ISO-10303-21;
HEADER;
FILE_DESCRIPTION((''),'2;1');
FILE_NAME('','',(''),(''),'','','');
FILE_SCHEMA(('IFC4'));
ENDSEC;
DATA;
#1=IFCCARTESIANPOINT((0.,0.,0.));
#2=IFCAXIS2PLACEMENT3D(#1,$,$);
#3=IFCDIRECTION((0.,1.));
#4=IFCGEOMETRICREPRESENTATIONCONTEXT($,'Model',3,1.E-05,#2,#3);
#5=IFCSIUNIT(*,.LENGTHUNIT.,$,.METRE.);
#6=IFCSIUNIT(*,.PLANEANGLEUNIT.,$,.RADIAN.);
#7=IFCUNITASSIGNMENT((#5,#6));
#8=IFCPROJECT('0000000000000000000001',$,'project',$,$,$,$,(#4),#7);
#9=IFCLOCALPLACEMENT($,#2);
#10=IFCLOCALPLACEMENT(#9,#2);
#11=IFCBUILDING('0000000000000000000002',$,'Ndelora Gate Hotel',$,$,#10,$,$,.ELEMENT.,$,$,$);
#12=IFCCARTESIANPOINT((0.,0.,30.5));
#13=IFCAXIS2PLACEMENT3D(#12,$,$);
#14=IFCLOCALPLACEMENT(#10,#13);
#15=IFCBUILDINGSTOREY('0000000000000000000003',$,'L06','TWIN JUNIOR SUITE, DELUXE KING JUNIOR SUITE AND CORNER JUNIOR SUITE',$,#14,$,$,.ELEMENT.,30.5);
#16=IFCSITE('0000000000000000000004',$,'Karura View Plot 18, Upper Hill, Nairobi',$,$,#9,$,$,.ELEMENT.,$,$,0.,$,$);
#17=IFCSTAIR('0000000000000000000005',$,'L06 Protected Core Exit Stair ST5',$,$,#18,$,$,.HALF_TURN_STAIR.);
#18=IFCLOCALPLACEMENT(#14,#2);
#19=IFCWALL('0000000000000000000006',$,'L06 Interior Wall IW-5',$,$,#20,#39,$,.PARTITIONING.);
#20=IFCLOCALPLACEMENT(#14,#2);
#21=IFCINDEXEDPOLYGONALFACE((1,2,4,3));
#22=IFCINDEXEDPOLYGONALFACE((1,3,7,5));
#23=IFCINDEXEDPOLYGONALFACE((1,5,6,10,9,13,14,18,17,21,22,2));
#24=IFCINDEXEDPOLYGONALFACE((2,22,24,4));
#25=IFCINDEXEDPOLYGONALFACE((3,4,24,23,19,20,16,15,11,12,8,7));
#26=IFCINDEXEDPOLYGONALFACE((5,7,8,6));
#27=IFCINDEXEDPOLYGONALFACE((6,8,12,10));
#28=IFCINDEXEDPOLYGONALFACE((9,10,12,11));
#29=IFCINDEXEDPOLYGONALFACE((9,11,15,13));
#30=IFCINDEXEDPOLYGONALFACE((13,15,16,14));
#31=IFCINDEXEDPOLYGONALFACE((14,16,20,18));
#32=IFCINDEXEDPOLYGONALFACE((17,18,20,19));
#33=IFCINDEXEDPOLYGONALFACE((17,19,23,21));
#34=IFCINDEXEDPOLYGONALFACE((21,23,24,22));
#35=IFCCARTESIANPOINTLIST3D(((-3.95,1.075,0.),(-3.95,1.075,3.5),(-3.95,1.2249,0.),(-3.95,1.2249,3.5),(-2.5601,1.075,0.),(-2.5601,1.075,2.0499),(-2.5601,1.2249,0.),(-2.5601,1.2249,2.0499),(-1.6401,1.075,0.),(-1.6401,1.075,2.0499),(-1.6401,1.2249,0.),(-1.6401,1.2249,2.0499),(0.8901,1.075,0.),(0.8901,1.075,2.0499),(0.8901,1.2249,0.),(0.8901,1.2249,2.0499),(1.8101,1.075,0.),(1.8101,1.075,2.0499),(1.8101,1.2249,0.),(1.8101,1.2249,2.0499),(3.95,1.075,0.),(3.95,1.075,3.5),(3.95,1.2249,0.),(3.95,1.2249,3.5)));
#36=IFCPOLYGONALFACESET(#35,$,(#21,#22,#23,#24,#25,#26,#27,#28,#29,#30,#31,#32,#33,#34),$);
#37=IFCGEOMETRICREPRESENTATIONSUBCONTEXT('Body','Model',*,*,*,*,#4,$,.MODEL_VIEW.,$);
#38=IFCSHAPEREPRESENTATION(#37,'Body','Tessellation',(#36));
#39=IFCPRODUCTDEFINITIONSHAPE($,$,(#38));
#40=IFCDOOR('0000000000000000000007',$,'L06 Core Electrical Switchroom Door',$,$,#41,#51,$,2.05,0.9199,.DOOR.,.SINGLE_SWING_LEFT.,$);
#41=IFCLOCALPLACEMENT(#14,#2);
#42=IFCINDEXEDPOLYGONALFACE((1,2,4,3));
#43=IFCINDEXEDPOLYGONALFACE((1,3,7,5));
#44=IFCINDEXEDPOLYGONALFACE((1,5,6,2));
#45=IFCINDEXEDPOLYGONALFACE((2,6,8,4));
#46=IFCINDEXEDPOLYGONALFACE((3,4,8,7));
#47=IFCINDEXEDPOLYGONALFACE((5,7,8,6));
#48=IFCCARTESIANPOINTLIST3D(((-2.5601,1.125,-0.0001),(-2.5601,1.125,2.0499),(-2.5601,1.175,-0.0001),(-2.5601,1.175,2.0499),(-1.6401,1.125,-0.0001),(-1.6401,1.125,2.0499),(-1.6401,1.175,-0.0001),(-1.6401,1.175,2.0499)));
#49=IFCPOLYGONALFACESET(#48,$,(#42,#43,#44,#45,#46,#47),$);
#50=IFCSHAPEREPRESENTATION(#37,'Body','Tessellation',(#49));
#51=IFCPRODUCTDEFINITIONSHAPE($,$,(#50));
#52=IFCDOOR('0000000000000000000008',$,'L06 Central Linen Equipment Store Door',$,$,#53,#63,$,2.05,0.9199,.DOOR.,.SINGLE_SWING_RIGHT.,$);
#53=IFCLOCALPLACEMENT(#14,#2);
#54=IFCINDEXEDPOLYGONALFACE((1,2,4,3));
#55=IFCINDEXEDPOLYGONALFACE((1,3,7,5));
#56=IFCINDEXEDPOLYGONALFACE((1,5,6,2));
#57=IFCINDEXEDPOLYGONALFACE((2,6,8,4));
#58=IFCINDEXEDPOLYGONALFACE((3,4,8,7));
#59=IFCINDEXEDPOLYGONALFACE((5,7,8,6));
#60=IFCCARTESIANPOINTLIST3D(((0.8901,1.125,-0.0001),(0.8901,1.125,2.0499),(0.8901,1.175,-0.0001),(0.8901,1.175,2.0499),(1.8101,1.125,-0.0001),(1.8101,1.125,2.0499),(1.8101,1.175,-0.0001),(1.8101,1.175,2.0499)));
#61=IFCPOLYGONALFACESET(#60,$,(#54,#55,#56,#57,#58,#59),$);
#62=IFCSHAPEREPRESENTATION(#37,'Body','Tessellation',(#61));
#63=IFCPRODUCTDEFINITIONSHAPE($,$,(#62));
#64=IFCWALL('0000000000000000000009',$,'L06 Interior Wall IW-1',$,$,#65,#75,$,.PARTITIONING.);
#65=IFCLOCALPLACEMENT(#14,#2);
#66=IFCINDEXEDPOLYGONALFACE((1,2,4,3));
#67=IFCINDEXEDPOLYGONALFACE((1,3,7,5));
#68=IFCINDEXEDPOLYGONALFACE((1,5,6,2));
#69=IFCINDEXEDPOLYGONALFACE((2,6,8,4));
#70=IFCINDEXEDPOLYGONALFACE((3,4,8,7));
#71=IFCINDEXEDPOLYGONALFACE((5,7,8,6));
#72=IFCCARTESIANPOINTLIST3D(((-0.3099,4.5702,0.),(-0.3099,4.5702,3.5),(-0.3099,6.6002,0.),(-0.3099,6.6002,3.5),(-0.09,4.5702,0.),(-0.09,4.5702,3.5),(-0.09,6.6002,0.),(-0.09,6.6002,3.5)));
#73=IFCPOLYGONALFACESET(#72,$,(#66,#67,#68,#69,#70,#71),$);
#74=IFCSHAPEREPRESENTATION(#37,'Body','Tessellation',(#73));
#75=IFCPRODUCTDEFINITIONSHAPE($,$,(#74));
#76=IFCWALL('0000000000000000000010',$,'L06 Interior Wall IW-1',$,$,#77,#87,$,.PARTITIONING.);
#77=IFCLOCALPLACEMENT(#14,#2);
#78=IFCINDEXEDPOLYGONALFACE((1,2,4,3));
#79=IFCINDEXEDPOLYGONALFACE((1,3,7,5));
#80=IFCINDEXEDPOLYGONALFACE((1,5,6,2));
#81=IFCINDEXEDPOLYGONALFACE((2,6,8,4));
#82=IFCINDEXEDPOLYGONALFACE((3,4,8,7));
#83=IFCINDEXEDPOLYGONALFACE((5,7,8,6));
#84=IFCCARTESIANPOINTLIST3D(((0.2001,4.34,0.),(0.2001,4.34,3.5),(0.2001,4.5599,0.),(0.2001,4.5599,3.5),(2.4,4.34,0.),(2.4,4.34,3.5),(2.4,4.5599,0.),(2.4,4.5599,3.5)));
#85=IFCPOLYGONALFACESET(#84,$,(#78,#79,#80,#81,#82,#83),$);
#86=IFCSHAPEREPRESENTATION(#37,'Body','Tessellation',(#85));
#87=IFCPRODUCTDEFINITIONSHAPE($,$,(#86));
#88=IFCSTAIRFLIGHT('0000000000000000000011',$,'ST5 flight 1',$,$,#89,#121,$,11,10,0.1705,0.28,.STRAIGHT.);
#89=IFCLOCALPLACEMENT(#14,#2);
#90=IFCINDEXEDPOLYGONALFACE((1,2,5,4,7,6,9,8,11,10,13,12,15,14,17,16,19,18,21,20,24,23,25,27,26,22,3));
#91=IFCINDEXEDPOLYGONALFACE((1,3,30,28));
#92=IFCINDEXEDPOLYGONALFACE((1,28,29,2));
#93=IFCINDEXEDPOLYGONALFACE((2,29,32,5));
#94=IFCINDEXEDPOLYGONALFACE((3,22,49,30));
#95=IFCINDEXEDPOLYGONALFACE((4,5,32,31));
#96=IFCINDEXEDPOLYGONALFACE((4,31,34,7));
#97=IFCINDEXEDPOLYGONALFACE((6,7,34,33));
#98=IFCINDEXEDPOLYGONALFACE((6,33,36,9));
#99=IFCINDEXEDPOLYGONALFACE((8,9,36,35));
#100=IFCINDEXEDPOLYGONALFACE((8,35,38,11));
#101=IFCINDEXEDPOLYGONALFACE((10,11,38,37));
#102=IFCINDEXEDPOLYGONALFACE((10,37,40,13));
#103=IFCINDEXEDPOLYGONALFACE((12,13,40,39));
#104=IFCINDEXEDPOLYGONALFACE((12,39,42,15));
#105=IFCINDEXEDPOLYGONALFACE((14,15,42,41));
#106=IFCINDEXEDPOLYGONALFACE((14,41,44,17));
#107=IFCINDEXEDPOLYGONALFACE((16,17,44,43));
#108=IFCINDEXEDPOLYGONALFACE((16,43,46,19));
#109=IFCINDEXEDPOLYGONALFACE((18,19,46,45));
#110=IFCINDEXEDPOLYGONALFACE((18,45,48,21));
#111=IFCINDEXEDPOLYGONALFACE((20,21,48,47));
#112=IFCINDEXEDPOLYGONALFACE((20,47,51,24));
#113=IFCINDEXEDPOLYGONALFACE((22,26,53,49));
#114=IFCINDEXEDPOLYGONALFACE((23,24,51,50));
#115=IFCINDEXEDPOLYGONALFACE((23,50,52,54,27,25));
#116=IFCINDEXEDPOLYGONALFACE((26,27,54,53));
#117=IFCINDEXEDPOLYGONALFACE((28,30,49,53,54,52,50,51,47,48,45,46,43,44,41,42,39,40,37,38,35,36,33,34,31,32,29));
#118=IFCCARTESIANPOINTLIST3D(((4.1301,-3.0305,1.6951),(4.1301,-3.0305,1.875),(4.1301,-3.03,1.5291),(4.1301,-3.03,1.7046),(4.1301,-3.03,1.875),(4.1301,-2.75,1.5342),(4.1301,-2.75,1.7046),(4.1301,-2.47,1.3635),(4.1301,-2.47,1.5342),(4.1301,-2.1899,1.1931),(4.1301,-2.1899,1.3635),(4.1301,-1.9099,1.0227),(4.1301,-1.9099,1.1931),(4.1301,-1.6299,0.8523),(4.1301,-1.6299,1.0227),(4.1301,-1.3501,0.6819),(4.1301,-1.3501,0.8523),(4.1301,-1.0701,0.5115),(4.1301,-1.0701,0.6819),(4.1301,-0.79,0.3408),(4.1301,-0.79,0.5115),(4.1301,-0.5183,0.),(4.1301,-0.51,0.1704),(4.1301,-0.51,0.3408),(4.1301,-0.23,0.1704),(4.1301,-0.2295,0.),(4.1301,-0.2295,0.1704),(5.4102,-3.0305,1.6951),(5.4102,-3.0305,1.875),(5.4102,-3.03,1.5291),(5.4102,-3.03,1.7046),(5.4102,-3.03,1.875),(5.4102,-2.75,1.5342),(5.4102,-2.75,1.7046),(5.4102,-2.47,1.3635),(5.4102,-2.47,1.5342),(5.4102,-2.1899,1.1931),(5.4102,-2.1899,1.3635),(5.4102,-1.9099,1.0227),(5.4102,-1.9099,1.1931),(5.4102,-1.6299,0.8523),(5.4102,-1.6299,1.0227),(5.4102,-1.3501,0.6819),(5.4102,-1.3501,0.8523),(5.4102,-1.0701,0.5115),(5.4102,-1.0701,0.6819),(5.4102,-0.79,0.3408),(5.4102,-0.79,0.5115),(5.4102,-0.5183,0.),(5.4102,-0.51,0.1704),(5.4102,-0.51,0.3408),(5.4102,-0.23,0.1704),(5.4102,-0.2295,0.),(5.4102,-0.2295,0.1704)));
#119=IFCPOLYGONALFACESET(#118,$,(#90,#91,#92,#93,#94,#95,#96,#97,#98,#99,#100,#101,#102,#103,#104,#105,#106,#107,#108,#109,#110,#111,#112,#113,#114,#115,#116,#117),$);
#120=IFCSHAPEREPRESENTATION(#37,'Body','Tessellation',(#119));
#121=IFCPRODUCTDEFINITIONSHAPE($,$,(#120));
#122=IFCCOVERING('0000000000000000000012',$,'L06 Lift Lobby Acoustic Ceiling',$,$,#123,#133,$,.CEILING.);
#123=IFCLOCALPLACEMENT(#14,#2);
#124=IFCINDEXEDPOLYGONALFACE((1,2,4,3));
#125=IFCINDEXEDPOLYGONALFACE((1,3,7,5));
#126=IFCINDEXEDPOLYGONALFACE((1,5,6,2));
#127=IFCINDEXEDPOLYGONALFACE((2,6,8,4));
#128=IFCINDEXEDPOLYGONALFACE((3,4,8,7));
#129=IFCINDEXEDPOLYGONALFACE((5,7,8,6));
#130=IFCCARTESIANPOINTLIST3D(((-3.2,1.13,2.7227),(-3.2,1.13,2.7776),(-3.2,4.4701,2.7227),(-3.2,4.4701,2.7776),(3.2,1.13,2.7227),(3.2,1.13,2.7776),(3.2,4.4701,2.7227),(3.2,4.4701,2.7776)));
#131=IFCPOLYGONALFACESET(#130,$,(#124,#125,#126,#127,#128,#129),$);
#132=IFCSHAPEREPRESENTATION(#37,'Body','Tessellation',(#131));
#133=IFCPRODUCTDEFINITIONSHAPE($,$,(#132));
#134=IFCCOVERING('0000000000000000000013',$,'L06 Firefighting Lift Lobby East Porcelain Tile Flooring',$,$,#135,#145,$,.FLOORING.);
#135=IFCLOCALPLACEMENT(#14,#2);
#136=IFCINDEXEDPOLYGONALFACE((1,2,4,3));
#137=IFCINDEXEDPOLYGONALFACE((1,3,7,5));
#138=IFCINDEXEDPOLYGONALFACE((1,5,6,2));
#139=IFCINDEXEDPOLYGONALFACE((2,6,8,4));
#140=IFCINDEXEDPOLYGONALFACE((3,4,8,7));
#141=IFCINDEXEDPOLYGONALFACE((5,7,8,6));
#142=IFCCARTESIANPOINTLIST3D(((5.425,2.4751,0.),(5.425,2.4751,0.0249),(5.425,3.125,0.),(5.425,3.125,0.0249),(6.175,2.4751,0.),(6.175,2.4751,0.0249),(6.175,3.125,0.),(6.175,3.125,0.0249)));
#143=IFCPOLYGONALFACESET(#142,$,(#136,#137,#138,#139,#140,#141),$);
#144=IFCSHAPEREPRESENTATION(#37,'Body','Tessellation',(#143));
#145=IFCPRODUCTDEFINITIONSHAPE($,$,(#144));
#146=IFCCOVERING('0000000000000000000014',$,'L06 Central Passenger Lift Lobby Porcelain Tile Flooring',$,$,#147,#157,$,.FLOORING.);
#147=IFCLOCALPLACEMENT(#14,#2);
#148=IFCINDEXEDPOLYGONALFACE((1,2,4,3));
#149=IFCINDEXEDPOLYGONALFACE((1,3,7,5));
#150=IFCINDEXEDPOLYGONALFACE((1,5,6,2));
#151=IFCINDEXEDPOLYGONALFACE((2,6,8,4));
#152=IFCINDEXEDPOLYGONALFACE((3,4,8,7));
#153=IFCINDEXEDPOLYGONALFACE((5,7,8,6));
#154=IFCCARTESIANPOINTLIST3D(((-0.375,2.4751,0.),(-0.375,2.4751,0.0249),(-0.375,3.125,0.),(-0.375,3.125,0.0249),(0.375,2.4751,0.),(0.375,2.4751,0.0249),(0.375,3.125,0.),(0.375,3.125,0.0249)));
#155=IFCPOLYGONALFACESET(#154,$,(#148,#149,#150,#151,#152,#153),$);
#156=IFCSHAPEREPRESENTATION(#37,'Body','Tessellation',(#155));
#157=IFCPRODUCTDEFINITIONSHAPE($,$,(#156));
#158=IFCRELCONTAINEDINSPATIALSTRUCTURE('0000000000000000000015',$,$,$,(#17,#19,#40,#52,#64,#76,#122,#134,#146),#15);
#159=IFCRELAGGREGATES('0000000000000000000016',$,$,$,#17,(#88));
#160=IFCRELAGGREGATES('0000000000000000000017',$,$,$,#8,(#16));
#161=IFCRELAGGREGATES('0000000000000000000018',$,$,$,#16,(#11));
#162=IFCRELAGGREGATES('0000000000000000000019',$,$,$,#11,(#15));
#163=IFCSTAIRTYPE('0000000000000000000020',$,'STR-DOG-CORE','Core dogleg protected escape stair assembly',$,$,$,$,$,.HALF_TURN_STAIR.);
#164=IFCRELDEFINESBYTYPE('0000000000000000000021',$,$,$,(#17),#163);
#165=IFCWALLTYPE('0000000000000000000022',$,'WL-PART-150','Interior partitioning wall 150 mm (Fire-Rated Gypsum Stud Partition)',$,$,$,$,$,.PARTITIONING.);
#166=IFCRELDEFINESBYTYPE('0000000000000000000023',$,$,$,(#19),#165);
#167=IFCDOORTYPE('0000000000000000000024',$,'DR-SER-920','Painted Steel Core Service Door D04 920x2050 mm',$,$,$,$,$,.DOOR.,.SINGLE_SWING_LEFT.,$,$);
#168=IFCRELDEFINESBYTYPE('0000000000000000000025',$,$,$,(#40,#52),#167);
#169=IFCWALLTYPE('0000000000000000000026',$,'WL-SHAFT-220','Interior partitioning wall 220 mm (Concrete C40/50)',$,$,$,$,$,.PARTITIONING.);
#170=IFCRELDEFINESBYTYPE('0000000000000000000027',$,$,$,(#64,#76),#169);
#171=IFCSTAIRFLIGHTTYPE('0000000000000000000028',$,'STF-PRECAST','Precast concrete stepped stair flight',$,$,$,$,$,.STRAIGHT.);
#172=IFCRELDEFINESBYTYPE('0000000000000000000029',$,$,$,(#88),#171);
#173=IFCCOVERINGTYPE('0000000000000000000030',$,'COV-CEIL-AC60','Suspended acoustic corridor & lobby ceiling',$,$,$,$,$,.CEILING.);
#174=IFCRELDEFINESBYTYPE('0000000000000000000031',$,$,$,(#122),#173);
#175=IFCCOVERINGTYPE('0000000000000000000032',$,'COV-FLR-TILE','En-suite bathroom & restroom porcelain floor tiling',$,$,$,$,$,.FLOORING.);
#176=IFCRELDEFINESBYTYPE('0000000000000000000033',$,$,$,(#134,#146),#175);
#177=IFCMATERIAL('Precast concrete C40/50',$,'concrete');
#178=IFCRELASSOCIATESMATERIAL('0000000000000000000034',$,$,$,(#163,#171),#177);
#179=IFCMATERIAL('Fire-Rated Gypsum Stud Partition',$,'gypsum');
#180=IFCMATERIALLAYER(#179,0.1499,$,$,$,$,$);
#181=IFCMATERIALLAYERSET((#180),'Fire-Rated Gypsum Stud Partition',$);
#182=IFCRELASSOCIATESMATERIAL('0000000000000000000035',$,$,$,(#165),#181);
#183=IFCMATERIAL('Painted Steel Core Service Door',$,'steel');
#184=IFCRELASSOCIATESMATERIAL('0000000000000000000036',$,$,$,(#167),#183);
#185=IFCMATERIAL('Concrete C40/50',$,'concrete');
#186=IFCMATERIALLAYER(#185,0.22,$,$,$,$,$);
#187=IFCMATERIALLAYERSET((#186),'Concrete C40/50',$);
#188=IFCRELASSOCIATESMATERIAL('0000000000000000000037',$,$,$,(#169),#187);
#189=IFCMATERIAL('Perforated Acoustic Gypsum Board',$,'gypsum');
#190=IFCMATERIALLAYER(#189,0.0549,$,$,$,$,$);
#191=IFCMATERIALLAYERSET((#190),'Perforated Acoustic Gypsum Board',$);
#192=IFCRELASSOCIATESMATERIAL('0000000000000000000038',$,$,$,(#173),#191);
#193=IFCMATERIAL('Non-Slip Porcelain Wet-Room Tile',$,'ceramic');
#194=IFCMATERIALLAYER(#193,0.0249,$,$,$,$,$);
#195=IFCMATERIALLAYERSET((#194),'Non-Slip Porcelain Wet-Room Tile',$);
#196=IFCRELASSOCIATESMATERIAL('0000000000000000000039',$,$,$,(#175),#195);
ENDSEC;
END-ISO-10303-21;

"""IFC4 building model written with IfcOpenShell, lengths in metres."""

from ifc_helpers import new_model, si_unit, direction, frame, frame_2d, origin, origin_2d, place, context, subcontext, project, spatial, polyline, rectangle, outline, extrude, material, layer, layer_set, type_object, element, fill, aggregate, save


model = new_model("IFC4")

# Units and contexts
model_context = context("Model", 3, precision=1e-05, world=origin(), true_north=direction((0.0, 1.0)))
body_context = subcontext(model_context, "Body", "Model", "MODEL_VIEW")
ifc_project = project(units=[si_unit("LENGTHUNIT", "METRE"), si_unit("PLANEANGLEUNIT", "RADIAN")], contexts=[model_context])

# Site, building, storey
site_placement = place(None, origin())
site = spatial("IfcSite", under=ifc_project, at=site_placement, Name="Karura View Plot 18, Upper Hill, Nairobi", CompositionType="ELEMENT", RefElevation=0.0)
building_placement = place(site_placement, origin())
building = spatial("IfcBuilding", under=site, at=building_placement, Name="Ndelora Gate Hotel", CompositionType="ELEMENT")
storey_placement = place(building_placement, frame((0.0, 0.0, 30.5)))
storey = spatial("IfcBuildingStorey", under=building, at=storey_placement, Name="L06", Description="TWIN JUNIOR SUITE, DELUXE KING JUNIOR SUITE AND CORNER JUNIOR SUITE", CompositionType="ELEMENT", Elevation=30.5)

# Stair
ifc_material_1 = material(Name="Precast concrete C40/50", Category="concrete")
stair_type = type_object("IfcStairType", Name="STR-DOG-CORE", Description="Core dogleg protected escape stair assembly", PredefinedType="HALF_TURN_STAIR", material=ifc_material_1)
stair_1_placement = place(storey_placement, origin())
stair_1 = element("IfcStair", 1, at=stair_1_placement, inside=storey, type_object=stair_type, Name="L06 Protected Core Exit Stair ST5", PredefinedType="HALF_TURN_STAIR")

# Shared definitions
ifc_material_2 = material(Name="Concrete C40/50", Category="concrete")

# Wall, openings, doors
ifc_material_3 = material(Name="Fire-Rated Gypsum Stud Partition", Category="gypsum")
ifc_layer_1 = layer(ifc_material_3, 0.1499)
ifc_layer_set_1 = layer_set([ifc_layer_1], Name="Fire-Rated Gypsum Stud Partition")
wall_type_1 = type_object("IfcWallType", Name="WL-PART-150", Description="Interior partitioning wall 150 mm (Fire-Rated Gypsum Stud Partition)", PredefinedType="PARTITIONING", material=ifc_layer_set_1)
wall_1_placement = place(storey_placement, frame((3.95, 1.1499, 0.0), z_axis=(0.0, 0.0, 1.0), x_axis=(-1.0, 0.0, 0.0)))
wall_1 = element("IfcWall", 2, at=wall_1_placement, inside=storey, type_object=wall_type_1, Name="L06 Interior Wall IW-5", PredefinedType="PARTITIONING", context=body_context, shape_type="SweptSolid", body=[
    extrude(rectangle(XDim=7.8999, YDim=0.1499, at=frame_2d((3.95, 0.0))), origin(), (0.0, 0.0, 1.0), 3.5),
])
opening_1_placement = place(wall_1_placement, frame((5.5901, 0.0, 0.0)))
opening_1 = element("IfcOpeningElement", 3, at=opening_1_placement, cuts=wall_1, PredefinedType="OPENING", context=body_context, shape_type="SweptSolid", body=[
    extrude(rectangle(XDim=0.9199, YDim=2.05, at=frame_2d((0.46, 1.0249))), frame((0.0, 0.085, 0.0), z_axis=(0.0, -1.0, 0.0), x_axis=(1.0, 0.0, 0.0)), (0.0, 0.0, 1.0), 0.1699),
])
opening_2_placement = place(wall_1_placement, frame((2.1399, 0.0, 0.0)))
opening_2 = element("IfcOpeningElement", 4, at=opening_2_placement, cuts=wall_1, PredefinedType="OPENING", context=body_context, shape_type="SweptSolid", body=[
    extrude(rectangle(XDim=0.9199, YDim=2.05, at=frame_2d((0.46, 1.0249))), frame((0.0, 0.085, 0.0), z_axis=(0.0, -1.0, 0.0), x_axis=(1.0, 0.0, 0.0)), (0.0, 0.0, 1.0), 0.1699),
])
ifc_material_4 = material(Name="Painted Steel Core Service Door", Category="steel")
door_type_1 = type_object("IfcDoorType", Name="DR-SER-920", Description="Painted Steel Core Service Door D04 920x2050 mm", OperationType="SINGLE_SWING_LEFT", PredefinedType="DOOR", material=ifc_material_4)
door_1_placement = place(opening_1_placement, origin())
door_1 = element("IfcDoor", 5, at=door_1_placement, inside=storey, type_object=door_type_1, Name="L06 Core Electrical Switchroom Door", OperationType="SINGLE_SWING_LEFT", OverallHeight=2.05, OverallWidth=0.9199, PredefinedType="DOOR", context=body_context, shape_type="SweptSolid", body=[
    extrude(rectangle(XDim=0.9199, YDim=2.05, at=frame_2d((0.46, 1.0249))), frame((0.0, 0.0249, 0.0), z_axis=(0.0, -1.0, 0.0), x_axis=(1.0, 0.0, 0.0)), (0.0, 0.0, 1.0), 0.05),
])
fill(opening_1, door_1)
door_2_placement = place(opening_2_placement, origin())
door_2 = element("IfcDoor", 6, at=door_2_placement, inside=storey, type_object=door_type_1, Name="L06 Central Linen Equipment Store Door", OperationType="SINGLE_SWING_RIGHT", OverallHeight=2.05, OverallWidth=0.9199, PredefinedType="DOOR", context=body_context, shape_type="SweptSolid", body=[
    extrude(rectangle(XDim=0.9199, YDim=2.05, at=frame_2d((0.46, 1.0249))), frame((0.0, 0.0249, 0.0), z_axis=(0.0, -1.0, 0.0), x_axis=(1.0, 0.0, 0.0)), (0.0, 0.0, 1.0), 0.05),
])
fill(opening_2, door_2)

# Shared definitions
ifc_layer_2 = layer(ifc_material_2, 0.22)
ifc_layer_set_2 = layer_set([ifc_layer_2], Name="Concrete C40/50")
wall_type_2 = type_object("IfcWallType", Name="WL-SHAFT-220", Description="Interior partitioning wall 220 mm (Concrete C40/50)", PredefinedType="PARTITIONING", material=ifc_layer_set_2)

# Walls
wall_2_placement = place(storey_placement, frame((-0.2, 4.5701, 0.0), z_axis=(0.0, 0.0, 1.0), x_axis=(0.0, 1.0, 0.0)))
element("IfcWall", 7, at=wall_2_placement, inside=storey, type_object=wall_type_2, Name="L06 Interior Wall IW-1", PredefinedType="PARTITIONING", context=body_context, shape_type="SweptSolid", body=[
    extrude(rectangle(XDim=2.03, YDim=0.22, at=frame_2d((1.0151, 0.0))), origin(), (0.0, 0.0, 1.0), 3.5),
])
wall_3_placement = place(storey_placement, frame((0.2, 4.45, 0.0), z_axis=(0.0, 0.0, 1.0), x_axis=(1.0, 0.0, 0.0)))
element("IfcWall", 8, at=wall_3_placement, inside=storey, type_object=wall_type_2, Name="L06 Interior Wall IW-1", PredefinedType="PARTITIONING", context=body_context, shape_type="SweptSolid", body=[
    extrude(rectangle(XDim=2.2, YDim=0.22, at=frame_2d((1.1001, 0.0))), origin(), (0.0, 0.0, 1.0), 3.5),
])

# Stair flight
stair_flight_type = type_object("IfcStairFlightType", Name="STF-PRECAST", Description="Precast concrete stepped stair flight", PredefinedType="STRAIGHT", material=ifc_material_1)
stair_flight_placement = place(storey_placement, frame((4.77, -0.23, 0.0), z_axis=(0.0, 0.0, 1.0), x_axis=(0.0, -1.0, 0.0)))
stair_flight = element("IfcStairFlight", 9, at=stair_flight_placement, type_object=stair_flight_type, Name="ST5 flight 1", NumberOfRisers=11, NumberOfTreads=10, PredefinedType="STRAIGHT", RiserHeight=0.1705, TreadLength=0.28, context=body_context, shape_type="SweptSolid", body=[
    extrude(outline(polyline([(-0.0005, 0.0), (-0.0005, 0.1704), (0.0, 0.1704), (0.28, 0.1704), (0.28, 0.3408), (0.5601, 0.3408), (0.5601, 0.5115), (0.8401, 0.5115), (0.8401, 0.6819), (1.1201, 0.6819), (1.1201, 0.8523), (1.3999, 0.8523), (1.3999, 1.0227), (1.6799, 1.0227), (1.6799, 1.1931), (1.96, 1.1931), (1.96, 1.3635), (2.24, 1.3635), (2.24, 1.5342), (2.52, 1.5342), (2.52, 1.7046), (2.8, 1.7046), (2.8, 1.875), (2.8005, 1.875), (2.8005, 1.6951), (2.8, 1.5291), (0.2883, 0.0), (-0.0005, 0.0)])), frame((0.0, 0.6401, 0.0), z_axis=(0.0, -1.0, 0.0), x_axis=(1.0, 0.0, 0.0)), (0.0, 0.0, 1.0), 1.28),
])
aggregate(stair_1, [stair_flight])

# Coverings
ifc_material_5 = material(Name="Perforated Acoustic Gypsum Board", Category="gypsum")
ifc_layer_3 = layer(ifc_material_5, 0.0549)
ifc_layer_set_3 = layer_set([ifc_layer_3], Name="Perforated Acoustic Gypsum Board")
covering_type_1 = type_object("IfcCoveringType", Name="COV-CEIL-AC60", Description="Suspended acoustic corridor & lobby ceiling", PredefinedType="CEILING", material=ifc_layer_set_3)
covering_placement = place(storey_placement, frame((0.0, 2.8, 2.7227), z_axis=(0.0, 0.0, 1.0), x_axis=(1.0, 0.0, 0.0)))
element("IfcCovering", 10, at=covering_placement, inside=storey, type_object=covering_type_1, Name="L06 Lift Lobby Acoustic Ceiling", PredefinedType="CEILING", context=body_context, shape_type="SweptSolid", body=[
    extrude(rectangle(XDim=6.3999, YDim=3.3401, at=origin_2d()), origin(), (0.0, 0.0, 1.0), 0.0549),
])
ifc_material_6 = material(Name="Non-Slip Porcelain Wet-Room Tile", Category="ceramic")
ifc_layer_4 = layer(ifc_material_6, 0.0249)
ifc_layer_set_4 = layer_set([ifc_layer_4], Name="Non-Slip Porcelain Wet-Room Tile")
covering_type_2 = type_object("IfcCoveringType", Name="COV-FLR-TILE", Description="En-suite bathroom & restroom porcelain floor tiling", PredefinedType="FLOORING", material=ifc_layer_set_4)
for number, where, z_axis, x_axis, name in (
    (11, (5.8, 2.8, 0.0), (0.0, 0.0, 1.0), (1.0, 0.0, 0.0), "L06 Firefighting Lift Lobby East Porcelain Tile Flooring"),
    (12, (0.0, 2.8, 0.0), (0.0, 0.0, 1.0), (1.0, 0.0, 0.0), "L06 Central Passenger Lift Lobby Porcelain Tile Flooring"),
):
    element("IfcCovering", number, at=place(storey_placement, frame(where, z_axis=z_axis, x_axis=x_axis)), inside=storey, type_object=covering_type_2, Name=name, PredefinedType="FLOORING", context=body_context, shape_type="SweptSolid", body=[
        extrude(rectangle(XDim=0.75, YDim=0.6499, at=origin_2d()), origin(), (0.0, 0.0, 1.0), 0.0249),
    ])

save(model, "model.ifc")
